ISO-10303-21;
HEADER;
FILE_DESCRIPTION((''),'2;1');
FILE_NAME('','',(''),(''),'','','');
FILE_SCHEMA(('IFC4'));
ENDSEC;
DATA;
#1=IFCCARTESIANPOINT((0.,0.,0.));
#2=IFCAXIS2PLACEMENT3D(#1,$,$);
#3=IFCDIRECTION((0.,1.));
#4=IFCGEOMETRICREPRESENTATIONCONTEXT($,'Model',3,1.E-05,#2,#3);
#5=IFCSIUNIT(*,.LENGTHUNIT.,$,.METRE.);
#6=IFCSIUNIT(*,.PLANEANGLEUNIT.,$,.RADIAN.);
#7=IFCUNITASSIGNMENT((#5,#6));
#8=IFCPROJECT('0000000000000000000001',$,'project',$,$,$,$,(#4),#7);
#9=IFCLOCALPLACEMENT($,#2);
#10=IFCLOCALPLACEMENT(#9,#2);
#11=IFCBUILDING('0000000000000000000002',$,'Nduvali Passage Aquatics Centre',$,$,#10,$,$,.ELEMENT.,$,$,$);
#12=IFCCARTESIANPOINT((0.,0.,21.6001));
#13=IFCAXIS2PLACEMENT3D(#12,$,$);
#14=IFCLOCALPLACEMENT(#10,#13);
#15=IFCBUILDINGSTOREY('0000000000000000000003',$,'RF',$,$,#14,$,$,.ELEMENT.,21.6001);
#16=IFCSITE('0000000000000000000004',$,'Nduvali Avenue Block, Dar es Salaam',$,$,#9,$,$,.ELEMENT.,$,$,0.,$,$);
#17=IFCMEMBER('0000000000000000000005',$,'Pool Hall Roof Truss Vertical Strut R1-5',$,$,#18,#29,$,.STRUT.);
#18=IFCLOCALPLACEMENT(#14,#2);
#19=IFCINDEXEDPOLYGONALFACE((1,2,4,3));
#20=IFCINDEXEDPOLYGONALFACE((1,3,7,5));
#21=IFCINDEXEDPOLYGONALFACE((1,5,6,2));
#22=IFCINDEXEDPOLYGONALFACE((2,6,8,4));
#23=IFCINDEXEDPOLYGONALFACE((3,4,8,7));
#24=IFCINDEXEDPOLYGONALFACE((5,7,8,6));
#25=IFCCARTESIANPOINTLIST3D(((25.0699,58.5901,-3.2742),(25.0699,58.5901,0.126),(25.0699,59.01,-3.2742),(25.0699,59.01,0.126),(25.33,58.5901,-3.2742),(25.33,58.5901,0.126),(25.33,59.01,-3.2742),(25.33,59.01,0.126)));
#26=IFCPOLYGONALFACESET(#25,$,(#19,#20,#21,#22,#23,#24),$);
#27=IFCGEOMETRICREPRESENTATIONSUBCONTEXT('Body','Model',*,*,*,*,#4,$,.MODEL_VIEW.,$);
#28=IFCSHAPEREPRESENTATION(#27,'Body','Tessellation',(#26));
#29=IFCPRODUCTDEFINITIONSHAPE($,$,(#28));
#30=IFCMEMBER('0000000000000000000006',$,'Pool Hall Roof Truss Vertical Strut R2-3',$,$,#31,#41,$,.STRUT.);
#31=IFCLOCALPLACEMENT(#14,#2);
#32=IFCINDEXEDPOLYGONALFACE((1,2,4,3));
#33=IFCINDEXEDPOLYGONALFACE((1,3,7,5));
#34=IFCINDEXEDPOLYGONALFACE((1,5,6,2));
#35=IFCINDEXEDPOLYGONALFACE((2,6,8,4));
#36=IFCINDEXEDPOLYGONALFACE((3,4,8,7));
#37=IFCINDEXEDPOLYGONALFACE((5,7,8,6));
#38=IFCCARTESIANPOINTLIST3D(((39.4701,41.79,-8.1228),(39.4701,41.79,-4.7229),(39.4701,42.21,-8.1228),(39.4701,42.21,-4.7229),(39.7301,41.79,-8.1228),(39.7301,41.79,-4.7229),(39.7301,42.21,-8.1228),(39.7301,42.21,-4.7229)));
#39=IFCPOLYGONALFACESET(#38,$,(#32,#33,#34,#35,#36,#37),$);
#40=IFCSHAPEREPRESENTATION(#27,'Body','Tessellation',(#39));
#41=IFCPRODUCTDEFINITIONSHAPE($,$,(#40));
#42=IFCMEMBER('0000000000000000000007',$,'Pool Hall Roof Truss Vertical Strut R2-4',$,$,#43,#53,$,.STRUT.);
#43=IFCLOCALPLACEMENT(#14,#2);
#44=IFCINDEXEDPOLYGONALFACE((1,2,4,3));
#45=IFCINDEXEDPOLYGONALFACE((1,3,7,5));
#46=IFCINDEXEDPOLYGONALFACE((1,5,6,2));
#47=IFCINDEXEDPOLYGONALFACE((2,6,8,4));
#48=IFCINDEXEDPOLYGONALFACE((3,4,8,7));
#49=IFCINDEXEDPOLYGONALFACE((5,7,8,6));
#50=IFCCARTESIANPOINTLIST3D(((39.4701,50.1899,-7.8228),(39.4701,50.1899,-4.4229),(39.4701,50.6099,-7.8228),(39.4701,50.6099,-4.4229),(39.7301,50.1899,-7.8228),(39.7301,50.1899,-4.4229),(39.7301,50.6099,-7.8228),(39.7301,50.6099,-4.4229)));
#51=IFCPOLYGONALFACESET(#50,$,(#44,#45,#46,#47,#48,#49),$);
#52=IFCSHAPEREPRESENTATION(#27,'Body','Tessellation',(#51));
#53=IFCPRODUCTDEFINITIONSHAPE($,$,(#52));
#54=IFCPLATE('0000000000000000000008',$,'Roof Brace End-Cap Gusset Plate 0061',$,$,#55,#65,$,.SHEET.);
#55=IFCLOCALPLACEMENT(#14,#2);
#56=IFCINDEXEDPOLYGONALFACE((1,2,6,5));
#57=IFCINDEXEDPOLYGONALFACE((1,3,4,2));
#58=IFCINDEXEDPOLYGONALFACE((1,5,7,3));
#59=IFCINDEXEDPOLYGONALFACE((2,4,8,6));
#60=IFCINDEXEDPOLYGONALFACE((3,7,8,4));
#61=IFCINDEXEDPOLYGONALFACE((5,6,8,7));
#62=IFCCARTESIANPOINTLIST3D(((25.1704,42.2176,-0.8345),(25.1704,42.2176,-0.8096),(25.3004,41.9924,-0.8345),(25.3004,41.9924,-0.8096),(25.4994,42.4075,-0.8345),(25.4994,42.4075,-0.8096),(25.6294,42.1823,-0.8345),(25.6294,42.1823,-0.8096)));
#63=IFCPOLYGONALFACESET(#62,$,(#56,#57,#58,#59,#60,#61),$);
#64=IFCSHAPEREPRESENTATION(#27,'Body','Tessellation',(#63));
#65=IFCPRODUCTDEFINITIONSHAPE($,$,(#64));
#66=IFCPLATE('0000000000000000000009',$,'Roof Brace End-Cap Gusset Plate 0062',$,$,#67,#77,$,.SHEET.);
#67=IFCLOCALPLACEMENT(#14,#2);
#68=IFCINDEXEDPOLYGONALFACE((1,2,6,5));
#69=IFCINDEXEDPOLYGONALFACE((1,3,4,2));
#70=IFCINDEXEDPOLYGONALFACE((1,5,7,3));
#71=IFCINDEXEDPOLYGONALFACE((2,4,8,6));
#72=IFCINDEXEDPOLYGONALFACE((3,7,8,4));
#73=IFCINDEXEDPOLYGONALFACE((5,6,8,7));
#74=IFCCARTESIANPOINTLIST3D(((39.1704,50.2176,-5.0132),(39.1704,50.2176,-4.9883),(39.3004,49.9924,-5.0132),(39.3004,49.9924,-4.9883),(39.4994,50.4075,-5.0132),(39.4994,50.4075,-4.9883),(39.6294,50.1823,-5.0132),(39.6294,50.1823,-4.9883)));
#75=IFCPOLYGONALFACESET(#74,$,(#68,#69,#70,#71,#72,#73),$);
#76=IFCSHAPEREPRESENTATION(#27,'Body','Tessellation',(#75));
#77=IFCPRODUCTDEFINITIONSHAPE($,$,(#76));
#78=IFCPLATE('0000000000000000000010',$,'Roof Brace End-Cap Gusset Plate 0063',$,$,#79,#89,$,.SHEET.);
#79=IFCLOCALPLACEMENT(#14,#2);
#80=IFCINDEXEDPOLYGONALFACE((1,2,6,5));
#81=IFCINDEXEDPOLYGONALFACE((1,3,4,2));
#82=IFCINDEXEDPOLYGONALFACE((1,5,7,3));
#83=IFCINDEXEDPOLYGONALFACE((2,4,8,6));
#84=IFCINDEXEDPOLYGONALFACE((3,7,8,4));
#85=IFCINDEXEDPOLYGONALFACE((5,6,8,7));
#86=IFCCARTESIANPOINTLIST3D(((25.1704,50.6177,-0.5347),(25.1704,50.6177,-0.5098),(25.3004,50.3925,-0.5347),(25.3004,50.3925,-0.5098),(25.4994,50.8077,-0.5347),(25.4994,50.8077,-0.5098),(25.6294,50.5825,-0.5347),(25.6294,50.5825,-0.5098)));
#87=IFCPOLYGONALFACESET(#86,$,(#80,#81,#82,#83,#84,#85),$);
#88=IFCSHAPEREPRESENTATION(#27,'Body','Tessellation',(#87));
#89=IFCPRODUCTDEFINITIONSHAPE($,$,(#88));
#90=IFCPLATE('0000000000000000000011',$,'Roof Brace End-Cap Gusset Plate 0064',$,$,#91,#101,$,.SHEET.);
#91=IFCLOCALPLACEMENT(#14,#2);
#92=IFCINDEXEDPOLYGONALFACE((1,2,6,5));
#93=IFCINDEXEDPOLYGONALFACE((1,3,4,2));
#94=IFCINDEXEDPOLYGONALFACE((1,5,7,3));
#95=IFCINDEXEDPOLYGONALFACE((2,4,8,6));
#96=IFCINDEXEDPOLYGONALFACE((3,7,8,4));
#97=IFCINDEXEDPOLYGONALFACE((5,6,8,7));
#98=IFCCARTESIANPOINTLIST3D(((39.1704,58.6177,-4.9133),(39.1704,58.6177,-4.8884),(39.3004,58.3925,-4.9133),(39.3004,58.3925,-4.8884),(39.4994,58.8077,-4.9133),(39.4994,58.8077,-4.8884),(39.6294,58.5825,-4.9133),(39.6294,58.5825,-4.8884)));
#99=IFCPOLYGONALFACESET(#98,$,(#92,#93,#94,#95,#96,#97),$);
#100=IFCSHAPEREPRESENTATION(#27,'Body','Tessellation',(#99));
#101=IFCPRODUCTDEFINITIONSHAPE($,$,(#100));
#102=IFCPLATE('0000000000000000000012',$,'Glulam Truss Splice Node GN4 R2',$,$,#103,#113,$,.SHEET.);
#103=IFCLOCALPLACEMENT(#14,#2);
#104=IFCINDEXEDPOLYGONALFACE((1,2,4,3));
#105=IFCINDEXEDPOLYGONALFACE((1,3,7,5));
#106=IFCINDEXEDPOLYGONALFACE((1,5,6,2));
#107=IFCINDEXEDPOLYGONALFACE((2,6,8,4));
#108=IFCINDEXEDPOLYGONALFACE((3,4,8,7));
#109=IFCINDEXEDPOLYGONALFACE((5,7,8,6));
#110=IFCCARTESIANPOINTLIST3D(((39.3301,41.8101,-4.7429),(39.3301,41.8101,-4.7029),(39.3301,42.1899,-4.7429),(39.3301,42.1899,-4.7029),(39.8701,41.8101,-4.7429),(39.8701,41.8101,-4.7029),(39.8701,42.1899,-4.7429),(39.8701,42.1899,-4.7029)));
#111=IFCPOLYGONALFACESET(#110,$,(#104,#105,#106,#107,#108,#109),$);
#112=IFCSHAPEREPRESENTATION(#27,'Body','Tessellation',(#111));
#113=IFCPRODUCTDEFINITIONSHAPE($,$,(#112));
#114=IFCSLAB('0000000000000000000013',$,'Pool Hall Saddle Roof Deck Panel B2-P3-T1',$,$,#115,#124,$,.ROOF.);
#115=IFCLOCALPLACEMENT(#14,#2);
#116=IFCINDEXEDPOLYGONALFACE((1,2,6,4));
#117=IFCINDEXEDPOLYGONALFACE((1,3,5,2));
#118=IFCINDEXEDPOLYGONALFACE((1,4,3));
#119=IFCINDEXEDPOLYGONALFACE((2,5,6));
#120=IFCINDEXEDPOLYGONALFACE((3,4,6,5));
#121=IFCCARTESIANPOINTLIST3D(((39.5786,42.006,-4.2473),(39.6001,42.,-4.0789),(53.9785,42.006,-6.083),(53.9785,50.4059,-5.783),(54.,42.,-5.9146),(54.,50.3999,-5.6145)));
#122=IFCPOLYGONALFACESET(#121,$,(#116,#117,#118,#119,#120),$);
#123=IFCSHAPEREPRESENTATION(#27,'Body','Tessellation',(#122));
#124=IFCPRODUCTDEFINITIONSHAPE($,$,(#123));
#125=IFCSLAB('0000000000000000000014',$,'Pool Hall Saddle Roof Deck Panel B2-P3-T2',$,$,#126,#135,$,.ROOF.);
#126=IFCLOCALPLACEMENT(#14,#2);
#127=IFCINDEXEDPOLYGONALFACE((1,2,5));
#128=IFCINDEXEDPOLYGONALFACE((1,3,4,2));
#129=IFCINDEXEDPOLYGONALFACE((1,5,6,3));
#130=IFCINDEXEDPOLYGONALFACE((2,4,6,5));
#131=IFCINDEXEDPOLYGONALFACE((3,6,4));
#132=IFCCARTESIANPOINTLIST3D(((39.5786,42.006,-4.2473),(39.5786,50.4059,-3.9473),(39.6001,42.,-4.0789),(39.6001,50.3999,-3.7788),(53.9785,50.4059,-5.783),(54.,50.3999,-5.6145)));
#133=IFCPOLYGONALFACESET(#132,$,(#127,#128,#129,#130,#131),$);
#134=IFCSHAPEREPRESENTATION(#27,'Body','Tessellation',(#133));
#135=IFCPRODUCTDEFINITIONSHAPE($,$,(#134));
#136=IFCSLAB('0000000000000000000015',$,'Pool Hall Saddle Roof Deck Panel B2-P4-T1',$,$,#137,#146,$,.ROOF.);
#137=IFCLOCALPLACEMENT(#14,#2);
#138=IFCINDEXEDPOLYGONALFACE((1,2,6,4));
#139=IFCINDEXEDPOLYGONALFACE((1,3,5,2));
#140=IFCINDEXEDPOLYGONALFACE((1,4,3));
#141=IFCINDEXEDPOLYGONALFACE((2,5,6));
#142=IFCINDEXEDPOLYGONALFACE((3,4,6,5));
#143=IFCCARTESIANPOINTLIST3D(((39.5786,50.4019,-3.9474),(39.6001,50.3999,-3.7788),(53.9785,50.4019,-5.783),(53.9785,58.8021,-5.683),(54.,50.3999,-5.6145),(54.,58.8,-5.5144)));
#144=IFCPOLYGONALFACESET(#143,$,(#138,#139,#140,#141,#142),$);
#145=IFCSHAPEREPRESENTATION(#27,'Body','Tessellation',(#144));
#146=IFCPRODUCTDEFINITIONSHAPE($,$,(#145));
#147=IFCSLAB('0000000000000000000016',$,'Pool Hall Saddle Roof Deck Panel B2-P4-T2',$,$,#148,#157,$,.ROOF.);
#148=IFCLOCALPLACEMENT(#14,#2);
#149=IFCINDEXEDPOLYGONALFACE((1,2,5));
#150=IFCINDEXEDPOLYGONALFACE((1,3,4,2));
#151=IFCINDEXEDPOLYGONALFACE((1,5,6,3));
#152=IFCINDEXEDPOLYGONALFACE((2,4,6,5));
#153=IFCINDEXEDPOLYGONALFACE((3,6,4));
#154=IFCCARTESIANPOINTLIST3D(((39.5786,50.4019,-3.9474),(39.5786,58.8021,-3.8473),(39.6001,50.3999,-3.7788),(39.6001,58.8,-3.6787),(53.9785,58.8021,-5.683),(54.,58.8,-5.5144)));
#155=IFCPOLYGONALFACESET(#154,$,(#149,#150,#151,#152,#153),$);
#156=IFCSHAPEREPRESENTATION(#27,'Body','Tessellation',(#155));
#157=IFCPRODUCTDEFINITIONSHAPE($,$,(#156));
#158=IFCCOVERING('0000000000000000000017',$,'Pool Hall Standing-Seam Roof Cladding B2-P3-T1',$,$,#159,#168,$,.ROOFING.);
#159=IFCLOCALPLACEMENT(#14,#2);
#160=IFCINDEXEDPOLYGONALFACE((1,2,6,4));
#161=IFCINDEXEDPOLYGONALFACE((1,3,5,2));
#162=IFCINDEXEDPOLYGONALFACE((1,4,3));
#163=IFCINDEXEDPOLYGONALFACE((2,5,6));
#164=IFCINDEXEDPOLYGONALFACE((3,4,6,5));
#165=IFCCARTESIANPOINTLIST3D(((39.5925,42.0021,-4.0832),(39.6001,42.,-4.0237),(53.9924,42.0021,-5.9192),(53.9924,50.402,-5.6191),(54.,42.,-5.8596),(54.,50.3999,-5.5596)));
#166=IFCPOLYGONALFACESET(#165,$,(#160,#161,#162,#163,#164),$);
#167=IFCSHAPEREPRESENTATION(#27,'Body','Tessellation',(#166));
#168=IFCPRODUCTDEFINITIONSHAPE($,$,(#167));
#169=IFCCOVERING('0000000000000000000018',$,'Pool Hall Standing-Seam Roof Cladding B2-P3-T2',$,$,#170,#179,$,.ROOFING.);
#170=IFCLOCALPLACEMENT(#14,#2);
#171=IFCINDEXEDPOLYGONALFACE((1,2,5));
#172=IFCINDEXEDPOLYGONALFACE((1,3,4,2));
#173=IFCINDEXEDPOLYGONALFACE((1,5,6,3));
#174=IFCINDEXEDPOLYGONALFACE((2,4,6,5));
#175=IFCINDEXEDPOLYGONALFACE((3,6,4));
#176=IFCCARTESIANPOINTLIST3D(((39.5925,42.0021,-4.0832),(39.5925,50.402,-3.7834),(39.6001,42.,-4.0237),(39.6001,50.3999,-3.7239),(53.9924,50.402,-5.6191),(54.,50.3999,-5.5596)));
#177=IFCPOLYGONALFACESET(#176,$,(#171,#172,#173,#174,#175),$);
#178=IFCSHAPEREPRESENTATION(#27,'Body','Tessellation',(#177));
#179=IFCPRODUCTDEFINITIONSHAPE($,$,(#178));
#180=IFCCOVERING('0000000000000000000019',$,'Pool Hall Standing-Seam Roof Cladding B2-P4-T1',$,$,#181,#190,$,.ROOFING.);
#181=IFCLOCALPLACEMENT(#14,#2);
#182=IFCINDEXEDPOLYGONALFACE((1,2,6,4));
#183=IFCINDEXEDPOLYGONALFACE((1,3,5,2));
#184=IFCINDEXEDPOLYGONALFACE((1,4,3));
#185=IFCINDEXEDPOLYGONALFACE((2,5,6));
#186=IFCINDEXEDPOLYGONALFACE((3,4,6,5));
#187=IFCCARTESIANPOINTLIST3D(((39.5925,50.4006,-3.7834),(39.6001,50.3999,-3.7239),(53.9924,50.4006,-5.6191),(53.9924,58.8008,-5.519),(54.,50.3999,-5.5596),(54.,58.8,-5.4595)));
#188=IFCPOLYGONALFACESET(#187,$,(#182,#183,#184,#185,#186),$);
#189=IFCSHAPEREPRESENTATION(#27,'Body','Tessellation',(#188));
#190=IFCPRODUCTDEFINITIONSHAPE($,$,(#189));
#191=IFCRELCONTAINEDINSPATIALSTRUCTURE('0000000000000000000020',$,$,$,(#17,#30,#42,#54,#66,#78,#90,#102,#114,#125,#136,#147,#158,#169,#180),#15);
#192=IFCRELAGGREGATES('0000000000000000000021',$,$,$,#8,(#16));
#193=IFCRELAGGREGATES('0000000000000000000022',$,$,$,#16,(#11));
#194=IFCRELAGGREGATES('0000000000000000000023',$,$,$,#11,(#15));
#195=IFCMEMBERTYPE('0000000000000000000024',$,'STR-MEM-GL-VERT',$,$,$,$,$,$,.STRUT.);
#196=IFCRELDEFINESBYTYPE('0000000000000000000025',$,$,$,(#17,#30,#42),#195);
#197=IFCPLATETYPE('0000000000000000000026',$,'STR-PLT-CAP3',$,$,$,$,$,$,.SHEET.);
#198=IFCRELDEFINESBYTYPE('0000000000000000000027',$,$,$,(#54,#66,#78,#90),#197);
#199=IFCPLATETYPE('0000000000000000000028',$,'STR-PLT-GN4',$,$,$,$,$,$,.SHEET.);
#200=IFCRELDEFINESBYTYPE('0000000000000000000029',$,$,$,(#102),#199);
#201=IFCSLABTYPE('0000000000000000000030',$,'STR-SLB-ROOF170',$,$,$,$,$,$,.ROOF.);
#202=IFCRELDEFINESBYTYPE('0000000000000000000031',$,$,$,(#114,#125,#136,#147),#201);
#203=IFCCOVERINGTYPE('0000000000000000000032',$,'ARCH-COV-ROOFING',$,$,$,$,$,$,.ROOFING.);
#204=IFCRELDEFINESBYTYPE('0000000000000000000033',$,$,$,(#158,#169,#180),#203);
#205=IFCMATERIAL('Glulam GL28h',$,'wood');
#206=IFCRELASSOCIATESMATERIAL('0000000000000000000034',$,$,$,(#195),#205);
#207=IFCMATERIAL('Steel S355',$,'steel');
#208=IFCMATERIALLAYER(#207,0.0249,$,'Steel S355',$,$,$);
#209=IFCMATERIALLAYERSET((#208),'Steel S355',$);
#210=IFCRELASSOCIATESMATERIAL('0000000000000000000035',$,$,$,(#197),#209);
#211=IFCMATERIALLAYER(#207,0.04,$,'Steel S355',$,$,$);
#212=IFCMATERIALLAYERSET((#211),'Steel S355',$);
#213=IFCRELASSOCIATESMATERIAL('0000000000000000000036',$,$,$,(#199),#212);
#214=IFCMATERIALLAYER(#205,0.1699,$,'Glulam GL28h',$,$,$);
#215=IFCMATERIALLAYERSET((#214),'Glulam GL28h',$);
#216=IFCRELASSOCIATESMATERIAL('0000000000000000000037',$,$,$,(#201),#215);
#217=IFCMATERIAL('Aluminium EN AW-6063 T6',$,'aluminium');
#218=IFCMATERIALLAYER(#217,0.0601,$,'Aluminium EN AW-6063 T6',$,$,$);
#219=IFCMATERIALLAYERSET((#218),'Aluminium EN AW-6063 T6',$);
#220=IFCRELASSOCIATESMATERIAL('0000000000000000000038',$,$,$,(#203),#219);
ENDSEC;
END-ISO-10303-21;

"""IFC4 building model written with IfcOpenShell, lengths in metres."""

from ifc_helpers import new_model, si_unit, direction, frame, origin, origin_2d, place, context, subcontext, project, spatial, polyline, rectangle, outline, extrude, material, layer, layer_set, material_profile, profile_set, type_object, element, save


model = new_model("IFC4")

# Units and contexts
model_context = context("Model", 3, precision=1e-05, world=origin(), true_north=direction((0.0, 1.0)))
body_context = subcontext(model_context, "Body", "Model", "MODEL_VIEW")
ifc_project = project(units=[si_unit("LENGTHUNIT", "METRE"), si_unit("PLANEANGLEUNIT", "RADIAN")], contexts=[model_context])

# Site, building, storey
site_placement = place(None, origin())
site = spatial("IfcSite", under=ifc_project, at=site_placement, Name="Nduvali Avenue Block, Dar es Salaam", CompositionType="ELEMENT", RefElevation=0.0)
building_placement = place(site_placement, origin())
building = spatial("IfcBuilding", under=site, at=building_placement, Name="Nduvali Passage Aquatics Centre", CompositionType="ELEMENT")
storey_placement = place(building_placement, frame((0.0, 0.0, 21.6001)))
storey = spatial("IfcBuildingStorey", under=building, at=storey_placement, Name="RF", CompositionType="ELEMENT", Elevation=21.6001)

# Members
ifc_material_1 = material(Name="Steel S355", Category="steel")
ifc_material_2 = material(Name="Glulam GL28h", Category="wood")
ifc_material_profile_1 = material_profile(ifc_material_2, rectangle(XDim=0.26, YDim=0.4199, at=origin_2d()), Name="GL28h 260x420")
ifc_profile_set_1 = profile_set([ifc_material_profile_1], Name="Glulam GL28h")
member_type_1 = type_object("IfcMemberType", Name="STR-MEM-GL-VERT", PredefinedType="STRUT", material=ifc_profile_set_1)
member_1_placement = place(storey_placement, frame((25.2, 58.8, -3.2742), z_axis=(0.0, 0.0, 1.0), x_axis=(1.0, 0.0, 0.0)))
element("IfcMember", 1, at=member_1_placement, inside=storey, type_object=member_type_1, Name="Pool Hall Roof Truss Vertical Strut R1-5", PredefinedType="STRUT", context=body_context, shape_type="SweptSolid", body=[
    extrude(rectangle(XDim=0.26, YDim=0.4199, at=origin_2d()), origin(), (0.0, 0.0, 1.0), 3.4001),
])
for number, where, z_axis, x_axis, name in (
    (2, (39.6001, 42.0, -8.1228), (0.0, 0.0, 1.0), (1.0, 0.0, 0.0), "Pool Hall Roof Truss Vertical Strut R2-3"),
    (3, (39.6001, 50.3999, -7.8228), (0.0, 0.0, 1.0), (1.0, 0.0, 0.0), "Pool Hall Roof Truss Vertical Strut R2-4"),
):
    element("IfcMember", number, at=place(storey_placement, frame(where, z_axis=z_axis, x_axis=x_axis)), inside=storey, type_object=member_type_1, Name=name, PredefinedType="STRUT", context=body_context, shape_type="SweptSolid", body=[
        extrude(rectangle(XDim=0.26, YDim=0.4199, at=origin_2d()), origin(), (0.0, 0.0, 1.0), 3.3999),
    ])

# Plates
ifc_layer_1 = layer(ifc_material_1, 0.0249, Name="Steel S355")
ifc_layer_set_1 = layer_set([ifc_layer_1], Name="Steel S355")
plate_type_1 = type_object("IfcPlateType", Name="STR-PLT-CAP3", PredefinedType="SHEET", material=ifc_layer_set_1)
for number, where, z_axis, x_axis, name in (
    (4, (25.3999, 42.2, -0.8345), (0.0, 0.0, 1.0), (0.866025, 0.5, 0.0), "Roof Brace End-Cap Gusset Plate 0061"),
    (5, (39.3999, 50.2, -5.0132), (0.0, 0.0, 1.0), (0.866025, 0.5, 0.0), "Roof Brace End-Cap Gusset Plate 0062"),
    (6, (25.3999, 50.6001, -0.5347), (0.0, 0.0, 1.0), (0.866025, 0.5, 0.0), "Roof Brace End-Cap Gusset Plate 0063"),
    (7, (39.3999, 58.6001, -4.9133), (0.0, 0.0, 1.0), (0.866025, 0.5, 0.0), "Roof Brace End-Cap Gusset Plate 0064"),
):
    element("IfcPlate", number, at=place(storey_placement, frame(where, z_axis=z_axis, x_axis=x_axis)), inside=storey, type_object=plate_type_1, Name=name, PredefinedType="SHEET", context=body_context, shape_type="SweptSolid", body=[
        extrude(rectangle(XDim=0.3799, YDim=0.26, at=origin_2d()), origin(), (0.0, 0.0, 1.0), 0.0249),
    ])
ifc_layer_2 = layer(ifc_material_1, 0.04, Name="Steel S355")
ifc_layer_set_2 = layer_set([ifc_layer_2], Name="Steel S355")
plate_type_2 = type_object("IfcPlateType", Name="STR-PLT-GN4", PredefinedType="SHEET", material=ifc_layer_set_2)
plate_placement = place(storey_placement, frame((39.6001, 42.0, -4.7429), z_axis=(0.0, 0.0, 1.0), x_axis=(1.0, 0.0, 0.0)))
element("IfcPlate", 8, at=plate_placement, inside=storey, type_object=plate_type_2, Name="Glulam Truss Splice Node GN4 R2", PredefinedType="SHEET", context=body_context, shape_type="SweptSolid", body=[
    extrude(rectangle(XDim=0.54, YDim=0.3799, at=origin_2d()), origin(), (0.0, 0.0, 1.0), 0.04),
])

# Slabs
ifc_layer_3 = layer(ifc_material_2, 0.1699, Name="Glulam GL28h")
ifc_layer_set_3 = layer_set([ifc_layer_3], Name="Glulam GL28h")
slab_type = type_object("IfcSlabType", Name="STR-SLB-ROOF170", PredefinedType="ROOF", material=ifc_layer_set_3)
slab_1_placement = place(storey_placement, frame((39.6001, 42.0, -4.0789), z_axis=(0.126377, -0.035412, 0.99135), x_axis=(0.991972, 0.0, -0.126456)))
element("IfcSlab", 9, at=slab_1_placement, inside=storey, type_object=slab_type, Name="Pool Hall Saddle Roof Deck Panel B2-P3-T1", PredefinedType="ROOF", context=body_context, shape_type="SweptSolid", body=[
    extrude(outline(polyline([(0.0, 0.0), (14.5164, 0.0), (14.4785, 8.4052), (0.0, 0.0)])), origin(), (0.0, 0.0, -1.0), 0.1699),
])
slab_2_placement = place(storey_placement, frame((39.6001, 42.0, -4.0789), z_axis=(0.126377, -0.035412, 0.99135), x_axis=(0.860138, 0.501745, -0.091727)))
element("IfcSlab", 10, at=slab_2_placement, inside=storey, type_object=slab_type, Name="Pool Hall Saddle Roof Deck Panel B2-P3-T2", PredefinedType="ROOF", context=body_context, shape_type="SweptSolid", body=[
    extrude(outline(polyline([(0.0, 0.0), (16.7414, 0.0), (4.1871, 7.2881), (0.0, 0.0)])), origin(), (0.0, 0.0, -1.0), 0.1699),
])
slab_3_placement = place(storey_placement, frame((39.6001, 50.3999, -3.7788), z_axis=(0.126447, -0.01182, 0.991903), x_axis=(0.991972, 0.0, -0.126456)))
element("IfcSlab", 11, at=slab_3_placement, inside=storey, type_object=slab_type, Name="Pool Hall Saddle Roof Deck Panel B2-P4-T1", PredefinedType="ROOF", context=body_context, shape_type="SweptSolid", body=[
    extrude(outline(polyline([(0.0, 0.0), (14.5164, 0.0), (14.5038, 8.4007), (0.0, 0.0)])), origin(), (0.0, 0.0, -1.0), 0.1699),
])
slab_4_placement = place(storey_placement, frame((39.6001, 50.3999, -3.7788), z_axis=(0.126447, -0.01182, 0.991903), x_axis=(0.85913, 0.501171, -0.10355)))
element("IfcSlab", 12, at=slab_4_placement, inside=storey, type_object=slab_type, Name="Pool Hall Saddle Roof Deck Panel B2-P4-T2", PredefinedType="ROOF", context=body_context, shape_type="SweptSolid", body=[
    extrude(outline(polyline([(0.0, 0.0), (16.761, 0.0), (4.1995, 7.2757), (0.0, 0.0)])), origin(), (0.0, 0.0, -1.0), 0.1699),
])

# Coverings
ifc_material_3 = material(Name="Aluminium EN AW-6063 T6", Category="aluminium")
ifc_layer_4 = layer(ifc_material_3, 0.0601, Name="Aluminium EN AW-6063 T6")
ifc_layer_set_4 = layer_set([ifc_layer_4], Name="Aluminium EN AW-6063 T6")
covering_type = type_object("IfcCoveringType", Name="ARCH-COV-ROOFING", PredefinedType="ROOFING", material=ifc_layer_set_4)
covering_1_placement = place(storey_placement, frame((39.6001, 42.0, -4.0237), z_axis=(0.126393, -0.035411, 0.991348), x_axis=(0.99197, 0.0, -0.126473)))
element("IfcCovering", 13, at=covering_1_placement, inside=storey, type_object=covering_type, Name="Pool Hall Standing-Seam Roof Cladding B2-P3-T1", PredefinedType="ROOFING", context=body_context, shape_type="SweptSolid", body=[
    extrude(outline(polyline([(0.0, 0.0), (14.5165, 0.0), (14.4785, 8.4052), (0.0, 0.0)])), origin(), (0.0, 0.0, -1.0), 0.0601),
])
covering_2_placement = place(storey_placement, frame((39.6001, 42.0, -4.0237), z_axis=(0.126377, -0.035383, 0.991351), x_axis=(0.860137, 0.501744, -0.091742)))
element("IfcCovering", 14, at=covering_2_placement, inside=storey, type_object=covering_type, Name="Pool Hall Standing-Seam Roof Cladding B2-P3-T2", PredefinedType="ROOFING", context=body_context, shape_type="SweptSolid", body=[
    extrude(outline(polyline([(0.0, 0.0), (16.7414, 0.0), (4.1871, 7.2881), (0.0, 0.0)])), origin(), (0.0, 0.0, -1.0), 0.0601),
])
covering_3_placement = place(storey_placement, frame((39.6001, 50.3999, -3.7239), z_axis=(0.126447, -0.01182, 0.991903), x_axis=(0.991972, 0.0, -0.126456)))
element("IfcCovering", 15, at=covering_3_placement, inside=storey, type_object=covering_type, Name="Pool Hall Standing-Seam Roof Cladding B2-P4-T1", PredefinedType="ROOFING", context=body_context, shape_type="SweptSolid", body=[
    extrude(outline(polyline([(0.0, 0.0), (14.5164, 0.0), (14.5038, 8.4007), (0.0, 0.0)])), origin(), (0.0, 0.0, -1.0), 0.0601),
])

save(model, "model.ifc")
